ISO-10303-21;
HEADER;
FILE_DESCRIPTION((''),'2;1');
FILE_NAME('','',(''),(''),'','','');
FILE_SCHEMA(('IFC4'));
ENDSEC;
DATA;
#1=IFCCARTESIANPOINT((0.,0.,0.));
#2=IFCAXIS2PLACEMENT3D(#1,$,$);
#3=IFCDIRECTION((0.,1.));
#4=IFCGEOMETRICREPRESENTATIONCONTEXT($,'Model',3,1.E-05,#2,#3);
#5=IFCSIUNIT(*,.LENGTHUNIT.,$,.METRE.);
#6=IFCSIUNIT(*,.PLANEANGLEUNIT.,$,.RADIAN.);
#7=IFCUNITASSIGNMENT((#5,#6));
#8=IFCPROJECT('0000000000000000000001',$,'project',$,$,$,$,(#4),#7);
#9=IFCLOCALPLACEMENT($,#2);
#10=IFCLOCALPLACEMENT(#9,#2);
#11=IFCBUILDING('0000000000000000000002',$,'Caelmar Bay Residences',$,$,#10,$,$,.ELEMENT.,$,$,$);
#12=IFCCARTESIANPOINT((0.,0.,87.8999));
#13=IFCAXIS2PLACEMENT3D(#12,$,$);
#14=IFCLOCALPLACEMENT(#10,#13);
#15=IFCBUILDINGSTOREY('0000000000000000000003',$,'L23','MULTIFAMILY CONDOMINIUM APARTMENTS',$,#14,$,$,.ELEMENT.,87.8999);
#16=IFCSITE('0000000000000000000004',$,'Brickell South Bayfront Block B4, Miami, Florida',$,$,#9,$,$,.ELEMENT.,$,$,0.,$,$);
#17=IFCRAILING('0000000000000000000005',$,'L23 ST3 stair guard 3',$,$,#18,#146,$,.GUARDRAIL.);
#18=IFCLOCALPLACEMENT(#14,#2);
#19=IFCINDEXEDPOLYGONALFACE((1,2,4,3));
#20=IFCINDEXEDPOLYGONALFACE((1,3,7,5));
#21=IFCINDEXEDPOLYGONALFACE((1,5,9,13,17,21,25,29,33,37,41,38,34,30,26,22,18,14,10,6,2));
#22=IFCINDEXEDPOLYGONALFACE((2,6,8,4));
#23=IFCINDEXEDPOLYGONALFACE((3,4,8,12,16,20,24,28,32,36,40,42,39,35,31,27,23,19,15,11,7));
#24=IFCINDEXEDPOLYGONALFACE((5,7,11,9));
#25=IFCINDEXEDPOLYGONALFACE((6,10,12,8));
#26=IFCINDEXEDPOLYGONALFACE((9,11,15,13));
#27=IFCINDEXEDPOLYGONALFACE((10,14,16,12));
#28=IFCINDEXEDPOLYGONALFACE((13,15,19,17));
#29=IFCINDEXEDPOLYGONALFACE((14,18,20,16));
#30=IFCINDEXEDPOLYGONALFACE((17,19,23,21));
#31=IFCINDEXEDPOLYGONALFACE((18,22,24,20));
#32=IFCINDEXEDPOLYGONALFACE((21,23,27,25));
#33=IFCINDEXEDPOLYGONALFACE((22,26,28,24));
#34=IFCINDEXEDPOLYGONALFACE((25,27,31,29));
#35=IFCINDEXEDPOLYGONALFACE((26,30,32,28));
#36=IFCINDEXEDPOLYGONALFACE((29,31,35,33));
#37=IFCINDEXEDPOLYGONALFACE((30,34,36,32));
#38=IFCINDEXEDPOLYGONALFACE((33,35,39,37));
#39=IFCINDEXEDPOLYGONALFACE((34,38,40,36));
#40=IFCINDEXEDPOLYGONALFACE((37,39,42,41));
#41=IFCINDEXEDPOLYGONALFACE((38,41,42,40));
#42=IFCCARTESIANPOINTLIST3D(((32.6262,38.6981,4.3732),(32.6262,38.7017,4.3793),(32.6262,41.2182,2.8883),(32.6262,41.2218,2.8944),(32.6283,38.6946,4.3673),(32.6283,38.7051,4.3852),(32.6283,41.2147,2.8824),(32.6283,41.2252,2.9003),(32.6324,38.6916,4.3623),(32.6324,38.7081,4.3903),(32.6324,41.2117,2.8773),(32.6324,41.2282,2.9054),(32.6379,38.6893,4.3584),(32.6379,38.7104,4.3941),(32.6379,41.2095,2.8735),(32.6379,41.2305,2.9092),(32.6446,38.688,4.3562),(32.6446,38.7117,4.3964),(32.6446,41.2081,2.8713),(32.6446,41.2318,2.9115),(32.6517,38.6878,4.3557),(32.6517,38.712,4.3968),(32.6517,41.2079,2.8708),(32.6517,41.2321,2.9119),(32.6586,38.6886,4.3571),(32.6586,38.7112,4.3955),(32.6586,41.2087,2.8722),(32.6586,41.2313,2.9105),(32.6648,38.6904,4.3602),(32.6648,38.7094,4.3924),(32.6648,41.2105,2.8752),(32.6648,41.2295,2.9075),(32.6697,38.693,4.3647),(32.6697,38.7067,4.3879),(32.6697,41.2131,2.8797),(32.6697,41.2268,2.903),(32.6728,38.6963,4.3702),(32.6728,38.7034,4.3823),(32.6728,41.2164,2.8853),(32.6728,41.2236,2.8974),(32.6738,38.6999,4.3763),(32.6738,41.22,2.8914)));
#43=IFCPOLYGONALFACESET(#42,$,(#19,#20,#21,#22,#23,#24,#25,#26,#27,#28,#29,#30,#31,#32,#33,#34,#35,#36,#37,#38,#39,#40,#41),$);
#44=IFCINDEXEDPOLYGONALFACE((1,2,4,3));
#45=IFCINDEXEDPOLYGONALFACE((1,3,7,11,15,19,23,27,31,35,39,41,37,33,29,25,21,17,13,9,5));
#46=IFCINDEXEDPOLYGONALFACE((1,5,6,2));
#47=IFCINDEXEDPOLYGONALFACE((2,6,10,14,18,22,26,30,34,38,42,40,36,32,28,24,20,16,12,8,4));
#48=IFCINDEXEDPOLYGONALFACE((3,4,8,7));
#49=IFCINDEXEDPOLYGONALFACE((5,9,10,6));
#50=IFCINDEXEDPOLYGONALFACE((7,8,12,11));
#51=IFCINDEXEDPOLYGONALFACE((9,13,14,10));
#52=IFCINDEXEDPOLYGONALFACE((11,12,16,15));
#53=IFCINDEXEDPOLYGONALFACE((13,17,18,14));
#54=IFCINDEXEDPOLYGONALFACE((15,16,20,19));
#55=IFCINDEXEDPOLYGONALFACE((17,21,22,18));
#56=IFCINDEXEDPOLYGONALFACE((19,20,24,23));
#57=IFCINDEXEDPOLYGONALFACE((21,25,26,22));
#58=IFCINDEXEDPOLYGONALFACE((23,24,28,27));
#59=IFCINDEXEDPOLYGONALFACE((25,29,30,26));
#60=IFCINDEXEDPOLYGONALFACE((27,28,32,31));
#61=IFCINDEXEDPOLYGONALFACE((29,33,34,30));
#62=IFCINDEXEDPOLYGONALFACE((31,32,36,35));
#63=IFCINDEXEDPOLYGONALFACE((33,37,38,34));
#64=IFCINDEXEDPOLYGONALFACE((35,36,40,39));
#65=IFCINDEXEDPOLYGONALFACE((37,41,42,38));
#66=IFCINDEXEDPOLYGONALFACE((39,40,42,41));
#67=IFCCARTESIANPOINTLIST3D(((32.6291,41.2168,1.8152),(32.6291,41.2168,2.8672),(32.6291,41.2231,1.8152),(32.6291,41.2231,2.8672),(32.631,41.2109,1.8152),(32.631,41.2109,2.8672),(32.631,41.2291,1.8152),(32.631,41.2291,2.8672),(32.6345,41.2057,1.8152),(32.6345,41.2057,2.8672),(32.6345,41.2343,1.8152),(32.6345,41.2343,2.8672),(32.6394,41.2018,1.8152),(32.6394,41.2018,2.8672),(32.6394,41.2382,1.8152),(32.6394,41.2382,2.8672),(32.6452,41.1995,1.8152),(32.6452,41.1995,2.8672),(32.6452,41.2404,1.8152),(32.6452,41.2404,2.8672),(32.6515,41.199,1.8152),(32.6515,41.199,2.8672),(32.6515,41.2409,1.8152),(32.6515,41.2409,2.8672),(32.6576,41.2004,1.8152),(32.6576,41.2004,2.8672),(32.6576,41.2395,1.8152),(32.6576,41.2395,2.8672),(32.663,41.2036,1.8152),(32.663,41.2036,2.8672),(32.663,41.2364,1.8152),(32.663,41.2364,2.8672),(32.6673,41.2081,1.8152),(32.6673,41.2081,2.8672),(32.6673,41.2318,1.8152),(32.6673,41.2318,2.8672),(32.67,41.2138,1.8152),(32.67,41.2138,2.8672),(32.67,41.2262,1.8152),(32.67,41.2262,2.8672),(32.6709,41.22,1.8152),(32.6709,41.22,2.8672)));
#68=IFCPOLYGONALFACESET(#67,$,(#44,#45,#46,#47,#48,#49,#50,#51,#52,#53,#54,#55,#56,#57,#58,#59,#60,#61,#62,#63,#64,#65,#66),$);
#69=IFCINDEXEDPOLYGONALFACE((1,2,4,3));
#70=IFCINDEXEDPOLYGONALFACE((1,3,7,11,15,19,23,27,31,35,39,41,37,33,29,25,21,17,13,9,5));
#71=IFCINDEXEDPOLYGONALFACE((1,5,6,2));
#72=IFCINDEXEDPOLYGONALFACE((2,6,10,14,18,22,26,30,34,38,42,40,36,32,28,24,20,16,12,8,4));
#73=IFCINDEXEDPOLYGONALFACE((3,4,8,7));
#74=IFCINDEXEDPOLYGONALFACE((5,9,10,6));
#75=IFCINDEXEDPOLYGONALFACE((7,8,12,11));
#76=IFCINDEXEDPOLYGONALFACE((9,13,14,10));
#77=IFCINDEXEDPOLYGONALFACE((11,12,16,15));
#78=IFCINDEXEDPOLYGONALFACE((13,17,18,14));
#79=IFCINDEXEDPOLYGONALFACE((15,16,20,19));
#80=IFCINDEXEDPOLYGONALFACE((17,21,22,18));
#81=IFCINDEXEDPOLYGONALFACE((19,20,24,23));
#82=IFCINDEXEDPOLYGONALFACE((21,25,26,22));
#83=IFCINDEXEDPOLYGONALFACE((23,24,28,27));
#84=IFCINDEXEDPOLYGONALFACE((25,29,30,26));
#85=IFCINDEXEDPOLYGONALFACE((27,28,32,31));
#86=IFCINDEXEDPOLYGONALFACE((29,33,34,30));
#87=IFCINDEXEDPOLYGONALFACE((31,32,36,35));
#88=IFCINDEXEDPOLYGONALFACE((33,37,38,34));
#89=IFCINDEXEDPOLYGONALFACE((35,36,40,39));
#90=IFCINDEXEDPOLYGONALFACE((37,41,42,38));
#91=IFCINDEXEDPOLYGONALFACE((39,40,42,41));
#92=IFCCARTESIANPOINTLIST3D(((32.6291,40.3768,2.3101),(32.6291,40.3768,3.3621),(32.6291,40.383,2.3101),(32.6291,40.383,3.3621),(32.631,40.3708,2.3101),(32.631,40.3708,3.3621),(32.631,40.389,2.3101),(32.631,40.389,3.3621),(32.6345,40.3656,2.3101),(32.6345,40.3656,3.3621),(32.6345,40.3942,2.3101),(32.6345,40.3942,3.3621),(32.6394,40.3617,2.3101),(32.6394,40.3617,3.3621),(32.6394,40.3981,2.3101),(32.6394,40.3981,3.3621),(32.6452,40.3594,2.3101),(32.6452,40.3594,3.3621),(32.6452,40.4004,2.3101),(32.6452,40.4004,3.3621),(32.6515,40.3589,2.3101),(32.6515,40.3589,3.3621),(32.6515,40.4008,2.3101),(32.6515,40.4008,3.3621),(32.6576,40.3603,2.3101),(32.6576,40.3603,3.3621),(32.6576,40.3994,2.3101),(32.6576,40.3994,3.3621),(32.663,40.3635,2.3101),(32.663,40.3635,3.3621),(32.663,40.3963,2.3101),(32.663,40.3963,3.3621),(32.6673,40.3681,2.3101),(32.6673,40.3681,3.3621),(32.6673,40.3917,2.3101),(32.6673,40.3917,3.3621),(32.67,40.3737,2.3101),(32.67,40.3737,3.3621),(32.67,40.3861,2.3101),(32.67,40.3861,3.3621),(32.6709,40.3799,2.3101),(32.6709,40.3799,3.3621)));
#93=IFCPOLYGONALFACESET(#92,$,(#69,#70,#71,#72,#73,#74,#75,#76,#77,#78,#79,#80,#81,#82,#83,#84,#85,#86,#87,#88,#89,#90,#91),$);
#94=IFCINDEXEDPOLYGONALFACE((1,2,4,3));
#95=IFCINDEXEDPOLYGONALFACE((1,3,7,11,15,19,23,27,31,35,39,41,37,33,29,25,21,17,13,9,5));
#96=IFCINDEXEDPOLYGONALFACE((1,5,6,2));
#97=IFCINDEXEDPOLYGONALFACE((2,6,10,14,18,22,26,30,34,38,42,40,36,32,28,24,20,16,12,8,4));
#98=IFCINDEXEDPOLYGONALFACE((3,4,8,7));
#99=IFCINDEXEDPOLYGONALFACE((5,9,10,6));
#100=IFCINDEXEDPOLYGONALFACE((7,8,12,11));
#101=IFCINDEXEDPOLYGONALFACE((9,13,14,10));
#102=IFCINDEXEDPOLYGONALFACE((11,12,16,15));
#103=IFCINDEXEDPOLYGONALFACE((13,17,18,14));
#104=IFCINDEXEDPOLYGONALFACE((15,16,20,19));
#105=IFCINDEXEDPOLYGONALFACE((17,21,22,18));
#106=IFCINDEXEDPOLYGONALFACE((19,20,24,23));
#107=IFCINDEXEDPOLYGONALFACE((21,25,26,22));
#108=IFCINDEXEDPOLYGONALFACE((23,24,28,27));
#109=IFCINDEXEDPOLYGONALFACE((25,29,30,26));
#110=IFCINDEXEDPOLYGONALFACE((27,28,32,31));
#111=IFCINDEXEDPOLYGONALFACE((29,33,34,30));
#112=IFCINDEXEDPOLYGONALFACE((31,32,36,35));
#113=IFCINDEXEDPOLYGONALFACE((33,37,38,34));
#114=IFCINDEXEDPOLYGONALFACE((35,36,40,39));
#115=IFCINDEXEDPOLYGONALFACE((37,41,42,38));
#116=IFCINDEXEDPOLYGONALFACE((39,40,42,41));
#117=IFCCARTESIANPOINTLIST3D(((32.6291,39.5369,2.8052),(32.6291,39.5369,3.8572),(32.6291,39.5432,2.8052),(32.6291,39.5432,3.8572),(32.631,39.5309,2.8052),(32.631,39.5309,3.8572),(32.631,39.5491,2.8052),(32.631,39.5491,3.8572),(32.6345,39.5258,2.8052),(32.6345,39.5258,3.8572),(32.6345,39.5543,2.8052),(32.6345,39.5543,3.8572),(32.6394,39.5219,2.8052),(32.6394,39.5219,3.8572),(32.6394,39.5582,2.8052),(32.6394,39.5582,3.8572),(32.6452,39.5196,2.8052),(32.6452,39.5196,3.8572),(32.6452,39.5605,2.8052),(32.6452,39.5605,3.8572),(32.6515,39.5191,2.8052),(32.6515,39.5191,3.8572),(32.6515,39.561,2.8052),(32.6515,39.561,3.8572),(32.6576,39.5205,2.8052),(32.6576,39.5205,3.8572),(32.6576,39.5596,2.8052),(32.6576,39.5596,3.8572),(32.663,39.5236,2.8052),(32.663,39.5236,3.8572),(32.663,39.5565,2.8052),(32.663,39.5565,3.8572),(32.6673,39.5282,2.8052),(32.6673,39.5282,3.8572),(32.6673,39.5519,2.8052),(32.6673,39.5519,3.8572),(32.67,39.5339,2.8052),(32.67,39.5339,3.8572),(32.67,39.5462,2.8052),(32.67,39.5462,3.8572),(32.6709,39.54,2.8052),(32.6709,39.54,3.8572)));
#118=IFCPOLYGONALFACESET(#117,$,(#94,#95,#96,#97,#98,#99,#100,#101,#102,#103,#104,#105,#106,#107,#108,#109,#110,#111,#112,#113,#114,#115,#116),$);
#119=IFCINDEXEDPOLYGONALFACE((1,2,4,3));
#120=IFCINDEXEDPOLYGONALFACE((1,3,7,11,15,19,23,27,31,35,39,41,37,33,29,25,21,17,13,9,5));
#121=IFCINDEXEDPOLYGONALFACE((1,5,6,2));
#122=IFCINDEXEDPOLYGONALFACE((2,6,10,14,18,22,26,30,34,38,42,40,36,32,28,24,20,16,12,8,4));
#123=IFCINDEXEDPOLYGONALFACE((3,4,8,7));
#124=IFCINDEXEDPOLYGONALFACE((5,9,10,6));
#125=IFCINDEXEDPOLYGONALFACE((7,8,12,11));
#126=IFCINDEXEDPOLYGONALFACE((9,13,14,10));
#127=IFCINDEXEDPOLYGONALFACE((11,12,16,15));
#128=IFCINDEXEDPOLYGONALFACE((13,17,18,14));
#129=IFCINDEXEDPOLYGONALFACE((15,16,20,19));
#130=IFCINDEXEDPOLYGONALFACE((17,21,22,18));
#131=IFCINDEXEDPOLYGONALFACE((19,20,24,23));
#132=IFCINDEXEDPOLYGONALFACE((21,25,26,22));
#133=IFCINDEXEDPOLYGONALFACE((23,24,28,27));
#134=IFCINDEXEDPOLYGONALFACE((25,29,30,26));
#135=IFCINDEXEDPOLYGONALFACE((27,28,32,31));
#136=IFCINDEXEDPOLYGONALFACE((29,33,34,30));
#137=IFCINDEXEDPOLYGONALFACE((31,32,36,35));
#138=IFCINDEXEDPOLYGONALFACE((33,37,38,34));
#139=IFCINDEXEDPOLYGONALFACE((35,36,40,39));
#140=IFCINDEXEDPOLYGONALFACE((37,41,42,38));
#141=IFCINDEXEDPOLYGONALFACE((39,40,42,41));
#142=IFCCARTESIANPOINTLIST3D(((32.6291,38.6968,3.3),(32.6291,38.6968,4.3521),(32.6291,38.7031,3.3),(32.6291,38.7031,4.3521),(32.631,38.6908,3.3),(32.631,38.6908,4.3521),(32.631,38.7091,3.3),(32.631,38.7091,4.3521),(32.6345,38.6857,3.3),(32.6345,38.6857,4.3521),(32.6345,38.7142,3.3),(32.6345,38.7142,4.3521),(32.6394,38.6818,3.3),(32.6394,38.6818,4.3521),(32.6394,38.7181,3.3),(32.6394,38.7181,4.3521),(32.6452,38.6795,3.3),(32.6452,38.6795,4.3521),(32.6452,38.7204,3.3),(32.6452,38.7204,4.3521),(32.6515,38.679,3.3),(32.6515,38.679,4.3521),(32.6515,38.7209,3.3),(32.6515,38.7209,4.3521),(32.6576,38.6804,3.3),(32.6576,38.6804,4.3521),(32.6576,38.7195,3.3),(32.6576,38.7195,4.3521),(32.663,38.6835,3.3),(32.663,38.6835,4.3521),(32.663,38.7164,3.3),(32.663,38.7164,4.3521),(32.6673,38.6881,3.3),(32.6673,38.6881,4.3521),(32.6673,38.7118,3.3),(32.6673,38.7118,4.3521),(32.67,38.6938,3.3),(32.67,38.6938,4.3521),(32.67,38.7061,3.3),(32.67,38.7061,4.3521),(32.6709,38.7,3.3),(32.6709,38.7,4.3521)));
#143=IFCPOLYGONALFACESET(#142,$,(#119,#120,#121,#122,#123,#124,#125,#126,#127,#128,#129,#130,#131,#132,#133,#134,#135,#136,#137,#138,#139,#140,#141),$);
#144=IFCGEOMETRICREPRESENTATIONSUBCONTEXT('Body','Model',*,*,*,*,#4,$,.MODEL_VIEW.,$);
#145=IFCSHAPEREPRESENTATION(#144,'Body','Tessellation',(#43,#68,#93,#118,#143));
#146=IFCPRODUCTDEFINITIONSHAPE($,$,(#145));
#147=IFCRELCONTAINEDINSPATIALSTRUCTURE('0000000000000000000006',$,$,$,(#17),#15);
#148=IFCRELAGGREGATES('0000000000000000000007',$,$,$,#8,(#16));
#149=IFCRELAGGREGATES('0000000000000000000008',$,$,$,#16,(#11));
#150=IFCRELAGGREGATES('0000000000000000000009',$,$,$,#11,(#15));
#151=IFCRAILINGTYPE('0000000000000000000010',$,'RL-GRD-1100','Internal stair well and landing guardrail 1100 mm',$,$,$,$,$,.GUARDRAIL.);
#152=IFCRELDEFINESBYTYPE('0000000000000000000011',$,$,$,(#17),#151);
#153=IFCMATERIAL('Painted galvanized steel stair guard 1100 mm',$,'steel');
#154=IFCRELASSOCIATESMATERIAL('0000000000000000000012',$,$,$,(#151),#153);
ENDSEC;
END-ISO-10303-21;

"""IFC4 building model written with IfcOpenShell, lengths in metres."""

from ifc_helpers import new_model, si_unit, direction, frame, origin, origin_2d, place, context, subcontext, project, spatial, circle, extrude, material, type_object, element, save


model = new_model("IFC4")

# Units and contexts
model_context = context("Model", 3, precision=1e-05, world=origin(), true_north=direction((0.0, 1.0)))
body_context = subcontext(model_context, "Body", "Model", "MODEL_VIEW")
ifc_project = project(units=[si_unit("LENGTHUNIT", "METRE"), si_unit("PLANEANGLEUNIT", "RADIAN")], contexts=[model_context])

# Site, building, storey
site_placement = place(None, origin())
site = spatial("IfcSite", under=ifc_project, at=site_placement, Name="Brickell South Bayfront Block B4, Miami, Florida", CompositionType="ELEMENT", RefElevation=0.0)
building_placement = place(site_placement, origin())
building = spatial("IfcBuilding", under=site, at=building_placement, Name="Caelmar Bay Residences", CompositionType="ELEMENT")
storey_placement = place(building_placement, frame((0.0, 0.0, 87.8999)))
storey = spatial("IfcBuildingStorey", under=building, at=storey_placement, Name="L23", Description="MULTIFAMILY CONDOMINIUM APARTMENTS", CompositionType="ELEMENT", Elevation=87.8999)

# Railing
ifc_material_1 = material(Name="Painted galvanized steel stair guard 1100 mm", Category="steel")
railing_type_1 = type_object("IfcRailingType", Name="RL-GRD-1100", Description="Internal stair well and landing guardrail 1100 mm", PredefinedType="GUARDRAIL", material=ifc_material_1)
railing_1_placement = place(storey_placement, frame((32.6499, 41.22, 1.8152)))
element("IfcRailing", 1, at=railing_1_placement, inside=storey, type_object=railing_type_1, Name="L23 ST3 stair guard 3", PredefinedType="GUARDRAIL", context=body_context, shape_type="SweptSolid", body=[
    extrude(circle(Radius=0.0239, at=origin_2d()), frame((0.0, 0.0, 1.0762), z_axis=(0.0, -0.861561, 0.507655), x_axis=(1.0, 0.0, 0.0)), (0.0, 0.0, 1.0), 2.925),
    extrude(circle(Radius=0.021, at=origin_2d()), origin(), (0.0, 0.0, 1.0), 1.052),
    extrude(circle(Radius=0.021, at=origin_2d()), frame((0.0, -0.8401, 0.4949)), (0.0, 0.0, 1.0), 1.052),
    extrude(circle(Radius=0.021, at=origin_2d()), frame((0.0, -1.6799, 0.99)), (0.0, 0.0, 1.0), 1.052),
    extrude(circle(Radius=0.021, at=origin_2d()), frame((0.0, -2.52, 1.4849)), (0.0, 0.0, 1.0), 1.052),
])

save(model, "model.ifc")
